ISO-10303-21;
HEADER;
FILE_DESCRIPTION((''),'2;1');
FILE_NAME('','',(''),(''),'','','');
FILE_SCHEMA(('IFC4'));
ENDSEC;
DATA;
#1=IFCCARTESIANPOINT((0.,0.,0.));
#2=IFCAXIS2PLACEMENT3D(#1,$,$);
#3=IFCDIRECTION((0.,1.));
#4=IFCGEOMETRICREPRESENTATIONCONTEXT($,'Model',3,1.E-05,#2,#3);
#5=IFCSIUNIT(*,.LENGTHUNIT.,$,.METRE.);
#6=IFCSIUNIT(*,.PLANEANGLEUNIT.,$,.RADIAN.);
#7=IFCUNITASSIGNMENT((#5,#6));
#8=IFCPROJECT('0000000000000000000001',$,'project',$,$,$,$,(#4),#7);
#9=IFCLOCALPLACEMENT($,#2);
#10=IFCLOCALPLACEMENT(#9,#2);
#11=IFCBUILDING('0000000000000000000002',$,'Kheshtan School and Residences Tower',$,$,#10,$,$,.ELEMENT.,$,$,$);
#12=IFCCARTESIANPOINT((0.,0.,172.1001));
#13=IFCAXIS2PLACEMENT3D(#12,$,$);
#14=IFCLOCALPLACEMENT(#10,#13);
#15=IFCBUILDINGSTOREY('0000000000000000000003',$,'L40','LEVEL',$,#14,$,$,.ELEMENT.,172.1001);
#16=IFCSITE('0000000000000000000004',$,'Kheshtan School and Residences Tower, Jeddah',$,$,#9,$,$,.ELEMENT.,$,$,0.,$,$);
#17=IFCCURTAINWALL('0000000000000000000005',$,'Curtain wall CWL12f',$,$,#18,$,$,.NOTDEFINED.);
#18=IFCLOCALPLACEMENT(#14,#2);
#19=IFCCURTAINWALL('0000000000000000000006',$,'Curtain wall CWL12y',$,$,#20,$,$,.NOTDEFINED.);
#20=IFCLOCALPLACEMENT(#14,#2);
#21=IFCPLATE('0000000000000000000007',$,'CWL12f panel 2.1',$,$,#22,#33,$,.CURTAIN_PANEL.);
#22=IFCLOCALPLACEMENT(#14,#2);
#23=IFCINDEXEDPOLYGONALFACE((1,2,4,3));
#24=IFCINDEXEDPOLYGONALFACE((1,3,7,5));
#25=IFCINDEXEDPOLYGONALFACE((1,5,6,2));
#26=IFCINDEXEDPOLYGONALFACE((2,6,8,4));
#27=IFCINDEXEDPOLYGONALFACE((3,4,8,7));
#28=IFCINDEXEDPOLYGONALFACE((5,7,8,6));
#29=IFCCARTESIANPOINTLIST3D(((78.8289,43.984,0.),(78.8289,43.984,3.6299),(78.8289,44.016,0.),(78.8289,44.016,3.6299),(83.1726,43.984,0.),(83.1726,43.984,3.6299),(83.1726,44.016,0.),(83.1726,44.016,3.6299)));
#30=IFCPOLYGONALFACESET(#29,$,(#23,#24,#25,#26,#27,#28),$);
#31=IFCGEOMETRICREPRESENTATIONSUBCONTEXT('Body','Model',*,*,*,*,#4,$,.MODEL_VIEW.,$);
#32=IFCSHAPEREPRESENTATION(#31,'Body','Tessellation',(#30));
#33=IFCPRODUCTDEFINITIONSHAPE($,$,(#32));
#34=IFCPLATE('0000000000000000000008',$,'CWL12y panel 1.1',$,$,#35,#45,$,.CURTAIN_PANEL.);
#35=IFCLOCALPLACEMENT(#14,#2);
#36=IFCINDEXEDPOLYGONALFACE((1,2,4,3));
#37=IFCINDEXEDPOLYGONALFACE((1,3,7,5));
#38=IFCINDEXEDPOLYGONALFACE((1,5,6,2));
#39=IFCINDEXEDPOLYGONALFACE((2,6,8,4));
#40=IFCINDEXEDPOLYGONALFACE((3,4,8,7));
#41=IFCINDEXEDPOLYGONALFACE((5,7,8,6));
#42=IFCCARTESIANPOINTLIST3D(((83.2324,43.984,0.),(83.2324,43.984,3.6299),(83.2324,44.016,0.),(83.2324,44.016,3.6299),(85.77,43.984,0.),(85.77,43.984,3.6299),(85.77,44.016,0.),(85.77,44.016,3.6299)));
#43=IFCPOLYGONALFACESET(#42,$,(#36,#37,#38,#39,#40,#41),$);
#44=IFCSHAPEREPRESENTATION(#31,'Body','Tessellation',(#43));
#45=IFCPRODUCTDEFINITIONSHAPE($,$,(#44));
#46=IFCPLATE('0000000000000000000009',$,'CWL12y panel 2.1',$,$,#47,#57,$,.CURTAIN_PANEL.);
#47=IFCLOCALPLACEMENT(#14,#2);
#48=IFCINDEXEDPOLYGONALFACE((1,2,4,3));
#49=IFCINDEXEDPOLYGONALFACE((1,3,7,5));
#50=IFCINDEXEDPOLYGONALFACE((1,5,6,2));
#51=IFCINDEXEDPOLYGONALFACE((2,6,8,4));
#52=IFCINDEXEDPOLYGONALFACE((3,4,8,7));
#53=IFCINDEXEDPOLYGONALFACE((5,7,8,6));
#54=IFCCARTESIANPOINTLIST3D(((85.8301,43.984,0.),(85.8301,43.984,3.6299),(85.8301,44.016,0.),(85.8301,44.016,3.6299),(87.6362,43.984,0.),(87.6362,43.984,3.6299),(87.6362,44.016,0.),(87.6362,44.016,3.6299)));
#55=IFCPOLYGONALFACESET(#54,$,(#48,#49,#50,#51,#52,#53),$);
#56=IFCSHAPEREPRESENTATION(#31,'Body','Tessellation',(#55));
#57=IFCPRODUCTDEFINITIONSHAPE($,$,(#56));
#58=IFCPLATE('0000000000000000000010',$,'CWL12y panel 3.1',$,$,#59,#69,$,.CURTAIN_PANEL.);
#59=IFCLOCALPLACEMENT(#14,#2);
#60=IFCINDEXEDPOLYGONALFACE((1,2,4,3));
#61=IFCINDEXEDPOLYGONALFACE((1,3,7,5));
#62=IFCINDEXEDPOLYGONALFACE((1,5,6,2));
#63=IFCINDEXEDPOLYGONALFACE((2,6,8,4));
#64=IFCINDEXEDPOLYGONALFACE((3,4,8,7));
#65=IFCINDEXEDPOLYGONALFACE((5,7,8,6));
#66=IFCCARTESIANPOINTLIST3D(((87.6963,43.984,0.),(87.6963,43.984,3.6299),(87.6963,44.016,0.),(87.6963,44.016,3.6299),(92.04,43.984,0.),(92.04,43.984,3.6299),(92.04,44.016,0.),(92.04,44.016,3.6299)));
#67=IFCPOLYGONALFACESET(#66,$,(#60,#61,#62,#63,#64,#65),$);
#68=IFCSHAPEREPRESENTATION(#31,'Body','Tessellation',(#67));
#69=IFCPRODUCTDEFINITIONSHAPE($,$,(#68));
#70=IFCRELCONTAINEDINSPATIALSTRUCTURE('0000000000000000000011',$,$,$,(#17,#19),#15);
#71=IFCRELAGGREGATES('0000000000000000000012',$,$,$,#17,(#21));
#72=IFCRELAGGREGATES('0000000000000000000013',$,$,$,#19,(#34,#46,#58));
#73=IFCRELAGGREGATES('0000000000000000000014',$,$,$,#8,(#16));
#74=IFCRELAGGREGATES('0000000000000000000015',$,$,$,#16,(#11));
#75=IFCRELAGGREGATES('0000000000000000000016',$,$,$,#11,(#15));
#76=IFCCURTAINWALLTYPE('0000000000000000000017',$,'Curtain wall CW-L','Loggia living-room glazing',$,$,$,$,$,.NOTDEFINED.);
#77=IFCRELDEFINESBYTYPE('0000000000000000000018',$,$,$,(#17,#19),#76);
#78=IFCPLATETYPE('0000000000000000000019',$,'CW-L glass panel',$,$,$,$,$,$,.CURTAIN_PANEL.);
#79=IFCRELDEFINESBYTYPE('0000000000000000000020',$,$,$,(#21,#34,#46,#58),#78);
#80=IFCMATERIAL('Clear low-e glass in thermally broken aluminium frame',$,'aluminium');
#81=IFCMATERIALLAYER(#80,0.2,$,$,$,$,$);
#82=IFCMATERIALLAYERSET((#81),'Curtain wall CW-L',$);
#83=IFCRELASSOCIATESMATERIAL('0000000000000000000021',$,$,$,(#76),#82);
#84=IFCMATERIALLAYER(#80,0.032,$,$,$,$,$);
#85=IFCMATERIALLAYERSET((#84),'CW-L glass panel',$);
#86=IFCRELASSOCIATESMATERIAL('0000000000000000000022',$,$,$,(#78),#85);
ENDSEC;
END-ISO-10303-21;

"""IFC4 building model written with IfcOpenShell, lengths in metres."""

from ifc_helpers import new_model, si_unit, direction, frame, origin, origin_2d, place, context, subcontext, project, spatial, rectangle, extrude, material, layer, layer_set, type_object, element, aggregate, save


model = new_model("IFC4")

# Units and contexts
model_context = context("Model", 3, precision=1e-05, world=origin(), true_north=direction((0.0, 1.0)))
body_context = subcontext(model_context, "Body", "Model", "MODEL_VIEW")
ifc_project = project(units=[si_unit("LENGTHUNIT", "METRE"), si_unit("PLANEANGLEUNIT", "RADIAN")], contexts=[model_context])

# Site, building, storey
site_placement = place(None, origin())
site = spatial("IfcSite", under=ifc_project, at=site_placement, Name="Kheshtan School and Residences Tower, Jeddah", CompositionType="ELEMENT", RefElevation=0.0)
building_placement = place(site_placement, origin())
building = spatial("IfcBuilding", under=site, at=building_placement, Name="Kheshtan School and Residences Tower", CompositionType="ELEMENT")
storey_placement = place(building_placement, frame((0.0, 0.0, 172.1001)))
storey = spatial("IfcBuildingStorey", under=building, at=storey_placement, Name="L40", Description="LEVEL", CompositionType="ELEMENT", Elevation=172.1001)

# Shared definitions
ifc_material_1 = material(Name="Clear low-e glass in thermally broken aluminium frame", Category="aluminium")
ifc_layer_1 = layer(ifc_material_1, 0.2)
ifc_layer_set_1 = layer_set([ifc_layer_1], Name="Curtain wall CW-L")
curtain_wall_type = type_object("IfcCurtainWallType", Name="Curtain wall CW-L", Description="Loggia living-room glazing", PredefinedType="NOTDEFINED", material=ifc_layer_set_1)

# Curtain walls
curtain_wall_1_placement = place(storey_placement, origin())
curtain_wall_1 = element("IfcCurtainWall", 1, at=curtain_wall_1_placement, inside=storey, type_object=curtain_wall_type, Name="Curtain wall CWL12f", PredefinedType="NOTDEFINED")
curtain_wall_2_placement = place(storey_placement, origin())
curtain_wall_2 = element("IfcCurtainWall", 2, at=curtain_wall_2_placement, inside=storey, type_object=curtain_wall_type, Name="Curtain wall CWL12y", PredefinedType="NOTDEFINED")

# Plates
ifc_layer_2 = layer(ifc_material_1, 0.032)
ifc_layer_set_2 = layer_set([ifc_layer_2], Name="CW-L glass panel")
plate_type = type_object("IfcPlateType", Name="CW-L glass panel", PredefinedType="CURTAIN_PANEL", material=ifc_layer_set_2)
plate_1_placement = place(storey_placement, frame((81.0007, 44.0, 0.0), z_axis=(0.0, 0.0, 1.0), x_axis=(1.0, 0.0, 0.0)))
plate_1 = element("IfcPlate", 3, at=plate_1_placement, type_object=plate_type, Name="CWL12f panel 2.1", PredefinedType="CURTAIN_PANEL", context=body_context, shape_type="SweptSolid", body=[
    extrude(rectangle(XDim=4.3438, YDim=0.032, at=origin_2d()), origin(), (0.0, 0.0, 1.0), 3.6299),
])
aggregate(curtain_wall_1, [plate_1])
plate_2_placement = place(storey_placement, frame((84.5012, 44.0, 0.0), z_axis=(0.0, 0.0, 1.0), x_axis=(1.0, 0.0, 0.0)))
plate_2 = element("IfcPlate", 4, at=plate_2_placement, type_object=plate_type, Name="CWL12y panel 1.1", PredefinedType="CURTAIN_PANEL", context=body_context, shape_type="SweptSolid", body=[
    extrude(rectangle(XDim=2.5376, YDim=0.032, at=origin_2d()), origin(), (0.0, 0.0, 1.0), 3.6299),
])
plate_3_placement = place(storey_placement, frame((86.7332, 44.0, 0.0), z_axis=(0.0, 0.0, 1.0), x_axis=(1.0, 0.0, 0.0)))
plate_3 = element("IfcPlate", 5, at=plate_3_placement, type_object=plate_type, Name="CWL12y panel 2.1", PredefinedType="CURTAIN_PANEL", context=body_context, shape_type="SweptSolid", body=[
    extrude(rectangle(XDim=1.8062, YDim=0.032, at=origin_2d()), origin(), (0.0, 0.0, 1.0), 3.6299),
])
plate_4_placement = place(storey_placement, frame((89.8682, 44.0, 0.0), z_axis=(0.0, 0.0, 1.0), x_axis=(1.0, 0.0, 0.0)))
plate_4 = element("IfcPlate", 6, at=plate_4_placement, type_object=plate_type, Name="CWL12y panel 3.1", PredefinedType="CURTAIN_PANEL", context=body_context, shape_type="SweptSolid", body=[
    extrude(rectangle(XDim=4.3438, YDim=0.032, at=origin_2d()), origin(), (0.0, 0.0, 1.0), 3.6299),
])
aggregate(curtain_wall_2, [plate_2, plate_3, plate_4])

save(model, "model.ifc")
